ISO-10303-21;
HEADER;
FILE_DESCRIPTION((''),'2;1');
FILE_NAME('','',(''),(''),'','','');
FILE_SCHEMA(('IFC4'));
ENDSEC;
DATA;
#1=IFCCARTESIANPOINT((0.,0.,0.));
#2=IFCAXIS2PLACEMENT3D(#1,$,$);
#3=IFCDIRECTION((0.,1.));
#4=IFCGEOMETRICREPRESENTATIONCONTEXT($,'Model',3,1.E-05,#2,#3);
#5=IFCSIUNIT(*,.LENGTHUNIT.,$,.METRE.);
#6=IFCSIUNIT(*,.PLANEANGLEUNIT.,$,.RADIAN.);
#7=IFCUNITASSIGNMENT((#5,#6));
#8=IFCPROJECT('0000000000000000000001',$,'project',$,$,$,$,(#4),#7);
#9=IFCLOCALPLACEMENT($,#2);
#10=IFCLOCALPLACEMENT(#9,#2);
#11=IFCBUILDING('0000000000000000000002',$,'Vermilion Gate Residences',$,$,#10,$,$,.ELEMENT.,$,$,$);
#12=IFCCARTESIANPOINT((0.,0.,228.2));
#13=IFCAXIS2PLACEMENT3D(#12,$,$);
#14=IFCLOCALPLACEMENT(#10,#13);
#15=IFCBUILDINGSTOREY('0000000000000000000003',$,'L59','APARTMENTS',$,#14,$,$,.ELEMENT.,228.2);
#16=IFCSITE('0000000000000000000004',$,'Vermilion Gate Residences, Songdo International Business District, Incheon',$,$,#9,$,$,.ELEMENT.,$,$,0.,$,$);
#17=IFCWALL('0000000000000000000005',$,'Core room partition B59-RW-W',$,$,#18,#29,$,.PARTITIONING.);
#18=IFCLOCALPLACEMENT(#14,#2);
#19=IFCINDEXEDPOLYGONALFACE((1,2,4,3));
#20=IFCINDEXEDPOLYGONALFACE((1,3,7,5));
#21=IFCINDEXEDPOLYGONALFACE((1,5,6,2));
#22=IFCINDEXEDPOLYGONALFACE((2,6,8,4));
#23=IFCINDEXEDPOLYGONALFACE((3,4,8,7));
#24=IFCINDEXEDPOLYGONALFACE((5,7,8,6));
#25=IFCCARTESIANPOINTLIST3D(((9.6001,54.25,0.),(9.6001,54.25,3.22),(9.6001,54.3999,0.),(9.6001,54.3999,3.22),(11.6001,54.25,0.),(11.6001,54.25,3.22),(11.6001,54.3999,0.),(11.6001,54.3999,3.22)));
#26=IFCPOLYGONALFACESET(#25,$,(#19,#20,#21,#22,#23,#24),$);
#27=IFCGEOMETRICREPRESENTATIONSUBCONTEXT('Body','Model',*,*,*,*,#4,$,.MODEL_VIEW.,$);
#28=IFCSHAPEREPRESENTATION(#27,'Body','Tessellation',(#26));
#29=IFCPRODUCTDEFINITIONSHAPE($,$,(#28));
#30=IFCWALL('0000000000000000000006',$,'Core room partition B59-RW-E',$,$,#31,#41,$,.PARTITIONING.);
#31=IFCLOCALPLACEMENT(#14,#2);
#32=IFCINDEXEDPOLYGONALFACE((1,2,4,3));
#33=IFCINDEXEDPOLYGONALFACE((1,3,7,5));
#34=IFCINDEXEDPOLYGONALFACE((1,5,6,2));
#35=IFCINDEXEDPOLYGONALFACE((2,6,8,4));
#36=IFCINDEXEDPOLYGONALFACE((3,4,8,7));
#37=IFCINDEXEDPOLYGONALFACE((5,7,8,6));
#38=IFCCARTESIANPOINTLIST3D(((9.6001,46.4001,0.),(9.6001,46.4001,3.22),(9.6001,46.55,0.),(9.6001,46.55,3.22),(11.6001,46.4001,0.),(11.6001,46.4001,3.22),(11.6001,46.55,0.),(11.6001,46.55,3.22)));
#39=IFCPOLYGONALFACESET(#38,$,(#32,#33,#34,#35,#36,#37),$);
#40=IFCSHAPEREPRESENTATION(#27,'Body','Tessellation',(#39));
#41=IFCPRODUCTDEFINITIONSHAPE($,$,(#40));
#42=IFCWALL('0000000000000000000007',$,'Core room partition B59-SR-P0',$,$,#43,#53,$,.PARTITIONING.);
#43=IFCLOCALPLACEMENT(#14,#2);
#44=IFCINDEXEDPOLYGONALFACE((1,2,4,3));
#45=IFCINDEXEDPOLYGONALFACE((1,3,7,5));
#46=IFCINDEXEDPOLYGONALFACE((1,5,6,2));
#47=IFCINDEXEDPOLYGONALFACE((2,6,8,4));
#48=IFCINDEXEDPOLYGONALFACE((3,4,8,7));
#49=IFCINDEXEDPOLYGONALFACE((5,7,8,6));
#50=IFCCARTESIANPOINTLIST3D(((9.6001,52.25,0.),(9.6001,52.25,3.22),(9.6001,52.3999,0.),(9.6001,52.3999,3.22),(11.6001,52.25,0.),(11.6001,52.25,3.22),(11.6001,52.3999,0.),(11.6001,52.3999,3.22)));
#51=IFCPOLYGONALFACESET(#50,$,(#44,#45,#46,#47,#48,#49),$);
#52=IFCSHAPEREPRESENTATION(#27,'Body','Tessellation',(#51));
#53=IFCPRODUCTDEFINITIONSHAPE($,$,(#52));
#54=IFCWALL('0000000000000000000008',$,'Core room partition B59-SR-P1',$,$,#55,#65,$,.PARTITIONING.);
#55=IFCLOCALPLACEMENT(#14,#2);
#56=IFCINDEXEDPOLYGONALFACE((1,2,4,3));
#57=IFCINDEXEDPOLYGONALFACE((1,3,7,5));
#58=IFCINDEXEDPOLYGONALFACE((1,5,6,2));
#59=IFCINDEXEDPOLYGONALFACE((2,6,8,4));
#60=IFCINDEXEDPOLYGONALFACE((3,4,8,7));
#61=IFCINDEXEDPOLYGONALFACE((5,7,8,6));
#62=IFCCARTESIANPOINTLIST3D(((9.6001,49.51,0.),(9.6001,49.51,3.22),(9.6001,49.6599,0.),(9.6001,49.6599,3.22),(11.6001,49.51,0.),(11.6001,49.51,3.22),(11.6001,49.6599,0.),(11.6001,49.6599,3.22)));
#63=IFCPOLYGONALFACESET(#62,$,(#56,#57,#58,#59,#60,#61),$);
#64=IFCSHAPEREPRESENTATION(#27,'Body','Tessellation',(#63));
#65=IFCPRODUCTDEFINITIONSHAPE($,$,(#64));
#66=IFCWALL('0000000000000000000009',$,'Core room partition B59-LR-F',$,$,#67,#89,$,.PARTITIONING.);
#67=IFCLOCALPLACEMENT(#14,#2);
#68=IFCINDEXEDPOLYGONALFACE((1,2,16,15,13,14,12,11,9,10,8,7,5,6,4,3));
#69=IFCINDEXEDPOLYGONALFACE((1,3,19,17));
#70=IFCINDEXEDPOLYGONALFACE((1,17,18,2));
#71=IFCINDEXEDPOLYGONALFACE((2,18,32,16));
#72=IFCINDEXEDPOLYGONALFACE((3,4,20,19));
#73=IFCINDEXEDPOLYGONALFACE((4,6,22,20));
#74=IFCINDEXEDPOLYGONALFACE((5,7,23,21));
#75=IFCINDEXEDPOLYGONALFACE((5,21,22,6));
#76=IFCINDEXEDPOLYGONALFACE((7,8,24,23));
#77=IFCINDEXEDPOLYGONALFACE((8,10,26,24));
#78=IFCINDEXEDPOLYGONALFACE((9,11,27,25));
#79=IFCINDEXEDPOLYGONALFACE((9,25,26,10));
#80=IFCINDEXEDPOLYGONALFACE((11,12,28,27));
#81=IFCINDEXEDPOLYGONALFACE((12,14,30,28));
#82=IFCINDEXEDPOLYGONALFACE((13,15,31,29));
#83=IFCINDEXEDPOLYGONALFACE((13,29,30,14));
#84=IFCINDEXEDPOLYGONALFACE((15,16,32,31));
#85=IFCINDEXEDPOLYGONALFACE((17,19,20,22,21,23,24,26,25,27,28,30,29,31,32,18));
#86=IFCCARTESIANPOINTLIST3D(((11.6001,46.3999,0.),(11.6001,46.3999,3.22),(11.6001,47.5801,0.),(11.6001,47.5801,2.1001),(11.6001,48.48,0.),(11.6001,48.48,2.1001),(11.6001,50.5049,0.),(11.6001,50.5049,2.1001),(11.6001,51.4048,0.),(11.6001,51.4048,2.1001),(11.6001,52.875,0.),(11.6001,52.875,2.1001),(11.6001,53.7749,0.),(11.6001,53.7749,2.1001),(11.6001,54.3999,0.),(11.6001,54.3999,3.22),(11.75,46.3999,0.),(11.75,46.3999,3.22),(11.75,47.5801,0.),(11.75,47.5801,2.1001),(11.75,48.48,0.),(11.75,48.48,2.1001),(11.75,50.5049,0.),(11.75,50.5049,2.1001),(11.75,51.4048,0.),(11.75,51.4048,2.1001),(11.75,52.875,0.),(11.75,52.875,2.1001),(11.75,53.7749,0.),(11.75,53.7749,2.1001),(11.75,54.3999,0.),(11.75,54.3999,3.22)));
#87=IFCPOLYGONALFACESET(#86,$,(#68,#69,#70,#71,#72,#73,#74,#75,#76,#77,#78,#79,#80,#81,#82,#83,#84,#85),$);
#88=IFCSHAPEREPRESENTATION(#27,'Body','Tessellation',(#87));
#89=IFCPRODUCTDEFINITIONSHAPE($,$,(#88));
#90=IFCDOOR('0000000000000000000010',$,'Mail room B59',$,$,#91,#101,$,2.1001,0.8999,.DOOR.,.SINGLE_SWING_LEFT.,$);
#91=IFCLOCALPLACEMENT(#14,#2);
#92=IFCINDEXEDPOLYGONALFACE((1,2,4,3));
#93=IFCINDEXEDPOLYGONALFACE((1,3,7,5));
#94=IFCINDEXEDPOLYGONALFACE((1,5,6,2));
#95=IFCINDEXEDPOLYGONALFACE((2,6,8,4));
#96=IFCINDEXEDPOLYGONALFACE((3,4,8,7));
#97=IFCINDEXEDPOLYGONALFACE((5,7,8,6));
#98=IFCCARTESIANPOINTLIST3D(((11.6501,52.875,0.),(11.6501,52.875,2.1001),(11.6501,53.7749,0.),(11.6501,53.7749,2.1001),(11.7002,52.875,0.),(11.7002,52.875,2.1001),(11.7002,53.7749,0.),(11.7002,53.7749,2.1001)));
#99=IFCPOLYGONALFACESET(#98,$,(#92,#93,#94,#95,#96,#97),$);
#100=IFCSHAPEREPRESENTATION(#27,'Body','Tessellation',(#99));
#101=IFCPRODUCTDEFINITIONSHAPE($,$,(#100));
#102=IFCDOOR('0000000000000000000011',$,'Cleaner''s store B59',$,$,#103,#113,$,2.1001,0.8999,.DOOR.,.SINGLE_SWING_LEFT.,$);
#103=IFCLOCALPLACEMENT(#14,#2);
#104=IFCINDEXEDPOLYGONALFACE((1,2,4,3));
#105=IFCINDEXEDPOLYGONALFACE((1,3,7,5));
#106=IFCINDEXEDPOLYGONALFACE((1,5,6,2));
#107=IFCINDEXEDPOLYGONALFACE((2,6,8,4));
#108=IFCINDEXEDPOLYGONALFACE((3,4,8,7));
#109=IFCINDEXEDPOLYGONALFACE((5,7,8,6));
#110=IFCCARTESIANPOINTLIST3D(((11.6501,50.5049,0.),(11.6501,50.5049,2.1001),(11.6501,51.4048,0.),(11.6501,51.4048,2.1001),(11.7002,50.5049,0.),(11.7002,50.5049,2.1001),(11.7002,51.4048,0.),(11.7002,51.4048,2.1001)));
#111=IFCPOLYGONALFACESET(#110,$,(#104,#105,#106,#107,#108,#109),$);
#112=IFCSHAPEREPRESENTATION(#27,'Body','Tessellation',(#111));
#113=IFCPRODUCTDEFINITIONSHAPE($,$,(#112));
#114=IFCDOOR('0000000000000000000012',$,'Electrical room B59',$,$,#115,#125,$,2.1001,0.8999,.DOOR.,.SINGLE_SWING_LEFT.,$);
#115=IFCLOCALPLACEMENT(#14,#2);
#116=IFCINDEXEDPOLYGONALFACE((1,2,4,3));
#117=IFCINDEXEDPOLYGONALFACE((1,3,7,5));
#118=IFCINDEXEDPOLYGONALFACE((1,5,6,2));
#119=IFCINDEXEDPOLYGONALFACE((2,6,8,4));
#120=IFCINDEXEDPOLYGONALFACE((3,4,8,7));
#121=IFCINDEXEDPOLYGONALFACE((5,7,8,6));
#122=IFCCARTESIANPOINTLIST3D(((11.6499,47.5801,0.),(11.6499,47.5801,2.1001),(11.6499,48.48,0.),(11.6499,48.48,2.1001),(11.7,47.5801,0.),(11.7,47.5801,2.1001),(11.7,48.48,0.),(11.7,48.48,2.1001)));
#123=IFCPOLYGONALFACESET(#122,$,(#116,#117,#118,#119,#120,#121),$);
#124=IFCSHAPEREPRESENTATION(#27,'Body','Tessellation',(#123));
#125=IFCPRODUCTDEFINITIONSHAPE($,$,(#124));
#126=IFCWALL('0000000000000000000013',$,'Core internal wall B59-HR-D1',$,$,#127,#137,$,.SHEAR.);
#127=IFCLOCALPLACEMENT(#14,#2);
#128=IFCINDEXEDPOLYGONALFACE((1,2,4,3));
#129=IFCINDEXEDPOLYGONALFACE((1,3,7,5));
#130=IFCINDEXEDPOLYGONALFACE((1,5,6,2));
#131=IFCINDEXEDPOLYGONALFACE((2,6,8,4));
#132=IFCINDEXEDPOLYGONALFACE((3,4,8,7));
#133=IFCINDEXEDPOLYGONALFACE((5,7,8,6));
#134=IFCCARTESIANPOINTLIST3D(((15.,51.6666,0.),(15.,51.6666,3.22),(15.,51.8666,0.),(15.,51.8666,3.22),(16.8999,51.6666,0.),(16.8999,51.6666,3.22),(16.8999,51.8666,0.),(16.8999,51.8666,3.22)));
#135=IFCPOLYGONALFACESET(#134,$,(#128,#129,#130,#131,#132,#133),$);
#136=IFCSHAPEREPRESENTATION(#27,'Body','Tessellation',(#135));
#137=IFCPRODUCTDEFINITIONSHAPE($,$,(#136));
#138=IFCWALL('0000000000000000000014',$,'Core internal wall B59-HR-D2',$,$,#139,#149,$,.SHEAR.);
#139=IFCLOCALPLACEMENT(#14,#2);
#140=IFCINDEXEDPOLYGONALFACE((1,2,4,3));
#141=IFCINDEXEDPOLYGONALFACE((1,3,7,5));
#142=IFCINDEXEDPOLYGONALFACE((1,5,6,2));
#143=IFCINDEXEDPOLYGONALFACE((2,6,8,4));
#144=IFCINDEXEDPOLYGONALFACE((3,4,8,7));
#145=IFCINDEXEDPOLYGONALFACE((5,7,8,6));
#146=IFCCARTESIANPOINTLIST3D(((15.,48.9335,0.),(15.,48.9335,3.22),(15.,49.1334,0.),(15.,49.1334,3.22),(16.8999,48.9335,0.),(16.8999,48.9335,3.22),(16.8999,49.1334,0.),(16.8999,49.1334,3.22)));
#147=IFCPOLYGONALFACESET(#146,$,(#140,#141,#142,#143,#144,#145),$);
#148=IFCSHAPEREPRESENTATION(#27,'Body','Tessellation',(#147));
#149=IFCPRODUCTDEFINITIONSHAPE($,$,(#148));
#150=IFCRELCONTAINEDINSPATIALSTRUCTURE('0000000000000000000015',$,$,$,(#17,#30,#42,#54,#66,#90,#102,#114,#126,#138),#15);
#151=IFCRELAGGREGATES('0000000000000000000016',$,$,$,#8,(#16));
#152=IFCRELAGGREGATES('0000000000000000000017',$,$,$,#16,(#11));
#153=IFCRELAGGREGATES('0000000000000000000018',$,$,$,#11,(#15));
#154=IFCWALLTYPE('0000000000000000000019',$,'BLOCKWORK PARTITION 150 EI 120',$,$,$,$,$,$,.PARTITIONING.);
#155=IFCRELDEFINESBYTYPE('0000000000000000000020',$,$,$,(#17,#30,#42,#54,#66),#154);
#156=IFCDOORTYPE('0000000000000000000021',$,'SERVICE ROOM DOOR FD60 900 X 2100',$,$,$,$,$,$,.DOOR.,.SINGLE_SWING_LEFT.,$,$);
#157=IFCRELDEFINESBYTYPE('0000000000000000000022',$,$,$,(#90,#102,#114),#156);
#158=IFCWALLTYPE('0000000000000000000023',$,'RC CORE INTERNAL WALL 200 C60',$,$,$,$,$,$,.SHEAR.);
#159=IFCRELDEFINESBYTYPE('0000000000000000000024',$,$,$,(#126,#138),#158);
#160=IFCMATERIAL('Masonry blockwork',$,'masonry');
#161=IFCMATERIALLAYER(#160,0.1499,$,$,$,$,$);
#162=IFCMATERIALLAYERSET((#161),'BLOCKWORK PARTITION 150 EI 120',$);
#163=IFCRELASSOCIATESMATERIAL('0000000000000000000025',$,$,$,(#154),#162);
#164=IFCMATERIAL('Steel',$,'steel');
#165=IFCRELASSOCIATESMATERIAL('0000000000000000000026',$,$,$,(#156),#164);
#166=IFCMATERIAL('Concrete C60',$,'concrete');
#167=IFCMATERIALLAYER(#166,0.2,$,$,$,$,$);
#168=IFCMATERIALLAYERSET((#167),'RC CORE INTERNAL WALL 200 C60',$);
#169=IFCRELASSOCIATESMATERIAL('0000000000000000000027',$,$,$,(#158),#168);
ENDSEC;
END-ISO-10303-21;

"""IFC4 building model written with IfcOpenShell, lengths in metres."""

from ifc_helpers import new_model, si_unit, direction, frame, frame_2d, origin, place, context, subcontext, project, spatial, rectangle, extrude, material, layer, layer_set, type_object, element, fill, save


model = new_model("IFC4")

# Units and contexts
model_context = context("Model", 3, precision=1e-05, world=origin(), true_north=direction((0.0, 1.0)))
body_context = subcontext(model_context, "Body", "Model", "MODEL_VIEW")
ifc_project = project(units=[si_unit("LENGTHUNIT", "METRE"), si_unit("PLANEANGLEUNIT", "RADIAN")], contexts=[model_context])

# Site, building, storey
site_placement = place(None, origin())
site = spatial("IfcSite", under=ifc_project, at=site_placement, Name="Vermilion Gate Residences, Songdo International Business District, Incheon", CompositionType="ELEMENT", RefElevation=0.0)
building_placement = place(site_placement, origin())
building = spatial("IfcBuilding", under=site, at=building_placement, Name="Vermilion Gate Residences", CompositionType="ELEMENT")
storey_placement = place(building_placement, frame((0.0, 0.0, 228.2)))
storey = spatial("IfcBuildingStorey", under=building, at=storey_placement, Name="L59", Description="APARTMENTS", CompositionType="ELEMENT", Elevation=228.2)

# Walls
ifc_material_1 = material(Name="Masonry blockwork", Category="masonry")
ifc_layer_1 = layer(ifc_material_1, 0.1499)
ifc_layer_set_1 = layer_set([ifc_layer_1], Name="BLOCKWORK PARTITION 150 EI 120")
wall_type_1 = type_object("IfcWallType", Name="BLOCKWORK PARTITION 150 EI 120", PredefinedType="PARTITIONING", material=ifc_layer_set_1)
for number, where, z_axis, x_axis, name in (
    (1, (9.6001, 54.325, 0.0), (0.0, 0.0, 1.0), (1.0, 0.0, 0.0), "Core room partition B59-RW-W"),
    (2, (9.6001, 46.4751, 0.0), (0.0, 0.0, 1.0), (1.0, 0.0, 0.0), "Core room partition B59-RW-E"),
    (3, (9.6001, 52.325, 0.0), (0.0, 0.0, 1.0), (1.0, 0.0, 0.0), "Core room partition B59-SR-P0"),
    (4, (9.6001, 49.585, 0.0), (0.0, 0.0, 1.0), (1.0, 0.0, 0.0), "Core room partition B59-SR-P1"),
):
    element("IfcWall", number, at=place(storey_placement, frame(where, z_axis=z_axis, x_axis=x_axis)), inside=storey, type_object=wall_type_1, Name=name, PredefinedType="PARTITIONING", context=body_context, shape_type="SweptSolid", body=[
        extrude(rectangle(XDim=2.0, YDim=0.1499, at=frame_2d((1.0, 0.0))), origin(), (0.0, 0.0, 1.0), 3.22),
    ])

# Wall, openings, doors
wall_1_placement = place(storey_placement, frame((11.675, 54.3999, 0.0), z_axis=(0.0, 0.0, 1.0), x_axis=(0.0, -1.0, 0.0)))
wall_1 = element("IfcWall", 5, at=wall_1_placement, inside=storey, type_object=wall_type_1, Name="Core room partition B59-LR-F", PredefinedType="PARTITIONING", context=body_context, shape_type="SweptSolid", body=[
    extrude(rectangle(XDim=8.0, YDim=0.1499, at=frame_2d((4.0, 0.0))), origin(), (0.0, 0.0, 1.0), 3.22),
])
opening_1_placement = place(wall_1_placement, frame((0.625, 0.0, 0.0)))
opening_1 = element("IfcOpeningElement", 6, at=opening_1_placement, cuts=wall_1, PredefinedType="OPENING", context=body_context, shape_type="SweptSolid", body=[
    extrude(rectangle(XDim=0.8999, YDim=2.1001, at=frame_2d((0.45, 1.05))), frame((0.0, 0.085, 0.0), z_axis=(0.0, -1.0, 0.0), x_axis=(1.0, 0.0, 0.0)), (0.0, 0.0, 1.0), 0.1699),
])
opening_2_placement = place(wall_1_placement, frame((2.9951, 0.0, 0.0)))
opening_2 = element("IfcOpeningElement", 7, at=opening_2_placement, cuts=wall_1, PredefinedType="OPENING", context=body_context, shape_type="SweptSolid", body=[
    extrude(rectangle(XDim=0.8999, YDim=2.1001, at=frame_2d((0.45, 1.05))), frame((0.0, 0.085, 0.0), z_axis=(0.0, -1.0, 0.0), x_axis=(1.0, 0.0, 0.0)), (0.0, 0.0, 1.0), 0.1699),
])
opening_3_placement = place(wall_1_placement, frame((5.9199, 0.0, 0.0)))
opening_3 = element("IfcOpeningElement", 8, at=opening_3_placement, cuts=wall_1, PredefinedType="OPENING", context=body_context, shape_type="SweptSolid", body=[
    extrude(rectangle(XDim=0.8999, YDim=2.1001, at=frame_2d((0.45, 1.05))), frame((0.0, 0.085, 0.0), z_axis=(0.0, -1.0, 0.0), x_axis=(1.0, 0.0, 0.0)), (0.0, 0.0, 1.0), 0.1699),
])
ifc_material_2 = material(Name="Steel", Category="steel")
door_type_1 = type_object("IfcDoorType", Name="SERVICE ROOM DOOR FD60 900 X 2100", OperationType="SINGLE_SWING_LEFT", PredefinedType="DOOR", material=ifc_material_2)
door_1_placement = place(opening_1_placement, frame((0.8999, 0.0, 0.0), z_axis=(0.0, 0.0, 1.0), x_axis=(-1.0, 0.0, 0.0)))
door_1 = element("IfcDoor", 9, at=door_1_placement, inside=storey, type_object=door_type_1, Name="Mail room B59", OperationType="SINGLE_SWING_LEFT", OverallHeight=2.1001, OverallWidth=0.8999, PredefinedType="DOOR", context=body_context, shape_type="SweptSolid", body=[
    extrude(rectangle(XDim=0.8999, YDim=2.1001, at=frame_2d((0.45, 1.05))), frame((0.0, 0.0249, 0.0), z_axis=(0.0, -1.0, 0.0), x_axis=(1.0, 0.0, 0.0)), (0.0, 0.0, 1.0), 0.05),
])
fill(opening_1, door_1)
door_2_placement = place(opening_2_placement, frame((0.8999, 0.0, 0.0), z_axis=(0.0, 0.0, 1.0), x_axis=(-1.0, 0.0, 0.0)))
door_2 = element("IfcDoor", 10, at=door_2_placement, inside=storey, type_object=door_type_1, Name="Cleaner's store B59", OperationType="SINGLE_SWING_LEFT", OverallHeight=2.1001, OverallWidth=0.8999, PredefinedType="DOOR", context=body_context, shape_type="SweptSolid", body=[
    extrude(rectangle(XDim=0.8999, YDim=2.1001, at=frame_2d((0.45, 1.05))), frame((0.0, 0.0249, 0.0), z_axis=(0.0, -1.0, 0.0), x_axis=(1.0, 0.0, 0.0)), (0.0, 0.0, 1.0), 0.05),
])
fill(opening_2, door_2)
door_3_placement = place(opening_3_placement, origin())
door_3 = element("IfcDoor", 11, at=door_3_placement, inside=storey, type_object=door_type_1, Name="Electrical room B59", OperationType="SINGLE_SWING_LEFT", OverallHeight=2.1001, OverallWidth=0.8999, PredefinedType="DOOR", context=body_context, shape_type="SweptSolid", body=[
    extrude(rectangle(XDim=0.8999, YDim=2.1001, at=frame_2d((0.45, 1.05))), frame((0.0, 0.0249, 0.0), z_axis=(0.0, -1.0, 0.0), x_axis=(1.0, 0.0, 0.0)), (0.0, 0.0, 1.0), 0.05),
])
fill(opening_3, door_3)

# Walls
ifc_material_3 = material(Name="Concrete C60", Category="concrete")
ifc_layer_2 = layer(ifc_material_3, 0.2)
ifc_layer_set_2 = layer_set([ifc_layer_2], Name="RC CORE INTERNAL WALL 200 C60")
wall_type_2 = type_object("IfcWallType", Name="RC CORE INTERNAL WALL 200 C60", PredefinedType="SHEAR", material=ifc_layer_set_2)
for number, where, z_axis, x_axis, name in (
    (12, (15.0, 51.7666, 0.0), (0.0, 0.0, 1.0), (1.0, 0.0, 0.0), "Core internal wall B59-HR-D1"),
    (13, (15.0, 49.0334, 0.0), (0.0, 0.0, 1.0), (1.0, 0.0, 0.0), "Core internal wall B59-HR-D2"),
):
    element("IfcWall", number, at=place(storey_placement, frame(where, z_axis=z_axis, x_axis=x_axis)), inside=storey, type_object=wall_type_2, Name=name, PredefinedType="SHEAR", context=body_context, shape_type="SweptSolid", body=[
        extrude(rectangle(XDim=1.8999, YDim=0.2, at=frame_2d((0.95, 0.0))), origin(), (0.0, 0.0, 1.0), 3.22),
    ])

save(model, "model.ifc")
